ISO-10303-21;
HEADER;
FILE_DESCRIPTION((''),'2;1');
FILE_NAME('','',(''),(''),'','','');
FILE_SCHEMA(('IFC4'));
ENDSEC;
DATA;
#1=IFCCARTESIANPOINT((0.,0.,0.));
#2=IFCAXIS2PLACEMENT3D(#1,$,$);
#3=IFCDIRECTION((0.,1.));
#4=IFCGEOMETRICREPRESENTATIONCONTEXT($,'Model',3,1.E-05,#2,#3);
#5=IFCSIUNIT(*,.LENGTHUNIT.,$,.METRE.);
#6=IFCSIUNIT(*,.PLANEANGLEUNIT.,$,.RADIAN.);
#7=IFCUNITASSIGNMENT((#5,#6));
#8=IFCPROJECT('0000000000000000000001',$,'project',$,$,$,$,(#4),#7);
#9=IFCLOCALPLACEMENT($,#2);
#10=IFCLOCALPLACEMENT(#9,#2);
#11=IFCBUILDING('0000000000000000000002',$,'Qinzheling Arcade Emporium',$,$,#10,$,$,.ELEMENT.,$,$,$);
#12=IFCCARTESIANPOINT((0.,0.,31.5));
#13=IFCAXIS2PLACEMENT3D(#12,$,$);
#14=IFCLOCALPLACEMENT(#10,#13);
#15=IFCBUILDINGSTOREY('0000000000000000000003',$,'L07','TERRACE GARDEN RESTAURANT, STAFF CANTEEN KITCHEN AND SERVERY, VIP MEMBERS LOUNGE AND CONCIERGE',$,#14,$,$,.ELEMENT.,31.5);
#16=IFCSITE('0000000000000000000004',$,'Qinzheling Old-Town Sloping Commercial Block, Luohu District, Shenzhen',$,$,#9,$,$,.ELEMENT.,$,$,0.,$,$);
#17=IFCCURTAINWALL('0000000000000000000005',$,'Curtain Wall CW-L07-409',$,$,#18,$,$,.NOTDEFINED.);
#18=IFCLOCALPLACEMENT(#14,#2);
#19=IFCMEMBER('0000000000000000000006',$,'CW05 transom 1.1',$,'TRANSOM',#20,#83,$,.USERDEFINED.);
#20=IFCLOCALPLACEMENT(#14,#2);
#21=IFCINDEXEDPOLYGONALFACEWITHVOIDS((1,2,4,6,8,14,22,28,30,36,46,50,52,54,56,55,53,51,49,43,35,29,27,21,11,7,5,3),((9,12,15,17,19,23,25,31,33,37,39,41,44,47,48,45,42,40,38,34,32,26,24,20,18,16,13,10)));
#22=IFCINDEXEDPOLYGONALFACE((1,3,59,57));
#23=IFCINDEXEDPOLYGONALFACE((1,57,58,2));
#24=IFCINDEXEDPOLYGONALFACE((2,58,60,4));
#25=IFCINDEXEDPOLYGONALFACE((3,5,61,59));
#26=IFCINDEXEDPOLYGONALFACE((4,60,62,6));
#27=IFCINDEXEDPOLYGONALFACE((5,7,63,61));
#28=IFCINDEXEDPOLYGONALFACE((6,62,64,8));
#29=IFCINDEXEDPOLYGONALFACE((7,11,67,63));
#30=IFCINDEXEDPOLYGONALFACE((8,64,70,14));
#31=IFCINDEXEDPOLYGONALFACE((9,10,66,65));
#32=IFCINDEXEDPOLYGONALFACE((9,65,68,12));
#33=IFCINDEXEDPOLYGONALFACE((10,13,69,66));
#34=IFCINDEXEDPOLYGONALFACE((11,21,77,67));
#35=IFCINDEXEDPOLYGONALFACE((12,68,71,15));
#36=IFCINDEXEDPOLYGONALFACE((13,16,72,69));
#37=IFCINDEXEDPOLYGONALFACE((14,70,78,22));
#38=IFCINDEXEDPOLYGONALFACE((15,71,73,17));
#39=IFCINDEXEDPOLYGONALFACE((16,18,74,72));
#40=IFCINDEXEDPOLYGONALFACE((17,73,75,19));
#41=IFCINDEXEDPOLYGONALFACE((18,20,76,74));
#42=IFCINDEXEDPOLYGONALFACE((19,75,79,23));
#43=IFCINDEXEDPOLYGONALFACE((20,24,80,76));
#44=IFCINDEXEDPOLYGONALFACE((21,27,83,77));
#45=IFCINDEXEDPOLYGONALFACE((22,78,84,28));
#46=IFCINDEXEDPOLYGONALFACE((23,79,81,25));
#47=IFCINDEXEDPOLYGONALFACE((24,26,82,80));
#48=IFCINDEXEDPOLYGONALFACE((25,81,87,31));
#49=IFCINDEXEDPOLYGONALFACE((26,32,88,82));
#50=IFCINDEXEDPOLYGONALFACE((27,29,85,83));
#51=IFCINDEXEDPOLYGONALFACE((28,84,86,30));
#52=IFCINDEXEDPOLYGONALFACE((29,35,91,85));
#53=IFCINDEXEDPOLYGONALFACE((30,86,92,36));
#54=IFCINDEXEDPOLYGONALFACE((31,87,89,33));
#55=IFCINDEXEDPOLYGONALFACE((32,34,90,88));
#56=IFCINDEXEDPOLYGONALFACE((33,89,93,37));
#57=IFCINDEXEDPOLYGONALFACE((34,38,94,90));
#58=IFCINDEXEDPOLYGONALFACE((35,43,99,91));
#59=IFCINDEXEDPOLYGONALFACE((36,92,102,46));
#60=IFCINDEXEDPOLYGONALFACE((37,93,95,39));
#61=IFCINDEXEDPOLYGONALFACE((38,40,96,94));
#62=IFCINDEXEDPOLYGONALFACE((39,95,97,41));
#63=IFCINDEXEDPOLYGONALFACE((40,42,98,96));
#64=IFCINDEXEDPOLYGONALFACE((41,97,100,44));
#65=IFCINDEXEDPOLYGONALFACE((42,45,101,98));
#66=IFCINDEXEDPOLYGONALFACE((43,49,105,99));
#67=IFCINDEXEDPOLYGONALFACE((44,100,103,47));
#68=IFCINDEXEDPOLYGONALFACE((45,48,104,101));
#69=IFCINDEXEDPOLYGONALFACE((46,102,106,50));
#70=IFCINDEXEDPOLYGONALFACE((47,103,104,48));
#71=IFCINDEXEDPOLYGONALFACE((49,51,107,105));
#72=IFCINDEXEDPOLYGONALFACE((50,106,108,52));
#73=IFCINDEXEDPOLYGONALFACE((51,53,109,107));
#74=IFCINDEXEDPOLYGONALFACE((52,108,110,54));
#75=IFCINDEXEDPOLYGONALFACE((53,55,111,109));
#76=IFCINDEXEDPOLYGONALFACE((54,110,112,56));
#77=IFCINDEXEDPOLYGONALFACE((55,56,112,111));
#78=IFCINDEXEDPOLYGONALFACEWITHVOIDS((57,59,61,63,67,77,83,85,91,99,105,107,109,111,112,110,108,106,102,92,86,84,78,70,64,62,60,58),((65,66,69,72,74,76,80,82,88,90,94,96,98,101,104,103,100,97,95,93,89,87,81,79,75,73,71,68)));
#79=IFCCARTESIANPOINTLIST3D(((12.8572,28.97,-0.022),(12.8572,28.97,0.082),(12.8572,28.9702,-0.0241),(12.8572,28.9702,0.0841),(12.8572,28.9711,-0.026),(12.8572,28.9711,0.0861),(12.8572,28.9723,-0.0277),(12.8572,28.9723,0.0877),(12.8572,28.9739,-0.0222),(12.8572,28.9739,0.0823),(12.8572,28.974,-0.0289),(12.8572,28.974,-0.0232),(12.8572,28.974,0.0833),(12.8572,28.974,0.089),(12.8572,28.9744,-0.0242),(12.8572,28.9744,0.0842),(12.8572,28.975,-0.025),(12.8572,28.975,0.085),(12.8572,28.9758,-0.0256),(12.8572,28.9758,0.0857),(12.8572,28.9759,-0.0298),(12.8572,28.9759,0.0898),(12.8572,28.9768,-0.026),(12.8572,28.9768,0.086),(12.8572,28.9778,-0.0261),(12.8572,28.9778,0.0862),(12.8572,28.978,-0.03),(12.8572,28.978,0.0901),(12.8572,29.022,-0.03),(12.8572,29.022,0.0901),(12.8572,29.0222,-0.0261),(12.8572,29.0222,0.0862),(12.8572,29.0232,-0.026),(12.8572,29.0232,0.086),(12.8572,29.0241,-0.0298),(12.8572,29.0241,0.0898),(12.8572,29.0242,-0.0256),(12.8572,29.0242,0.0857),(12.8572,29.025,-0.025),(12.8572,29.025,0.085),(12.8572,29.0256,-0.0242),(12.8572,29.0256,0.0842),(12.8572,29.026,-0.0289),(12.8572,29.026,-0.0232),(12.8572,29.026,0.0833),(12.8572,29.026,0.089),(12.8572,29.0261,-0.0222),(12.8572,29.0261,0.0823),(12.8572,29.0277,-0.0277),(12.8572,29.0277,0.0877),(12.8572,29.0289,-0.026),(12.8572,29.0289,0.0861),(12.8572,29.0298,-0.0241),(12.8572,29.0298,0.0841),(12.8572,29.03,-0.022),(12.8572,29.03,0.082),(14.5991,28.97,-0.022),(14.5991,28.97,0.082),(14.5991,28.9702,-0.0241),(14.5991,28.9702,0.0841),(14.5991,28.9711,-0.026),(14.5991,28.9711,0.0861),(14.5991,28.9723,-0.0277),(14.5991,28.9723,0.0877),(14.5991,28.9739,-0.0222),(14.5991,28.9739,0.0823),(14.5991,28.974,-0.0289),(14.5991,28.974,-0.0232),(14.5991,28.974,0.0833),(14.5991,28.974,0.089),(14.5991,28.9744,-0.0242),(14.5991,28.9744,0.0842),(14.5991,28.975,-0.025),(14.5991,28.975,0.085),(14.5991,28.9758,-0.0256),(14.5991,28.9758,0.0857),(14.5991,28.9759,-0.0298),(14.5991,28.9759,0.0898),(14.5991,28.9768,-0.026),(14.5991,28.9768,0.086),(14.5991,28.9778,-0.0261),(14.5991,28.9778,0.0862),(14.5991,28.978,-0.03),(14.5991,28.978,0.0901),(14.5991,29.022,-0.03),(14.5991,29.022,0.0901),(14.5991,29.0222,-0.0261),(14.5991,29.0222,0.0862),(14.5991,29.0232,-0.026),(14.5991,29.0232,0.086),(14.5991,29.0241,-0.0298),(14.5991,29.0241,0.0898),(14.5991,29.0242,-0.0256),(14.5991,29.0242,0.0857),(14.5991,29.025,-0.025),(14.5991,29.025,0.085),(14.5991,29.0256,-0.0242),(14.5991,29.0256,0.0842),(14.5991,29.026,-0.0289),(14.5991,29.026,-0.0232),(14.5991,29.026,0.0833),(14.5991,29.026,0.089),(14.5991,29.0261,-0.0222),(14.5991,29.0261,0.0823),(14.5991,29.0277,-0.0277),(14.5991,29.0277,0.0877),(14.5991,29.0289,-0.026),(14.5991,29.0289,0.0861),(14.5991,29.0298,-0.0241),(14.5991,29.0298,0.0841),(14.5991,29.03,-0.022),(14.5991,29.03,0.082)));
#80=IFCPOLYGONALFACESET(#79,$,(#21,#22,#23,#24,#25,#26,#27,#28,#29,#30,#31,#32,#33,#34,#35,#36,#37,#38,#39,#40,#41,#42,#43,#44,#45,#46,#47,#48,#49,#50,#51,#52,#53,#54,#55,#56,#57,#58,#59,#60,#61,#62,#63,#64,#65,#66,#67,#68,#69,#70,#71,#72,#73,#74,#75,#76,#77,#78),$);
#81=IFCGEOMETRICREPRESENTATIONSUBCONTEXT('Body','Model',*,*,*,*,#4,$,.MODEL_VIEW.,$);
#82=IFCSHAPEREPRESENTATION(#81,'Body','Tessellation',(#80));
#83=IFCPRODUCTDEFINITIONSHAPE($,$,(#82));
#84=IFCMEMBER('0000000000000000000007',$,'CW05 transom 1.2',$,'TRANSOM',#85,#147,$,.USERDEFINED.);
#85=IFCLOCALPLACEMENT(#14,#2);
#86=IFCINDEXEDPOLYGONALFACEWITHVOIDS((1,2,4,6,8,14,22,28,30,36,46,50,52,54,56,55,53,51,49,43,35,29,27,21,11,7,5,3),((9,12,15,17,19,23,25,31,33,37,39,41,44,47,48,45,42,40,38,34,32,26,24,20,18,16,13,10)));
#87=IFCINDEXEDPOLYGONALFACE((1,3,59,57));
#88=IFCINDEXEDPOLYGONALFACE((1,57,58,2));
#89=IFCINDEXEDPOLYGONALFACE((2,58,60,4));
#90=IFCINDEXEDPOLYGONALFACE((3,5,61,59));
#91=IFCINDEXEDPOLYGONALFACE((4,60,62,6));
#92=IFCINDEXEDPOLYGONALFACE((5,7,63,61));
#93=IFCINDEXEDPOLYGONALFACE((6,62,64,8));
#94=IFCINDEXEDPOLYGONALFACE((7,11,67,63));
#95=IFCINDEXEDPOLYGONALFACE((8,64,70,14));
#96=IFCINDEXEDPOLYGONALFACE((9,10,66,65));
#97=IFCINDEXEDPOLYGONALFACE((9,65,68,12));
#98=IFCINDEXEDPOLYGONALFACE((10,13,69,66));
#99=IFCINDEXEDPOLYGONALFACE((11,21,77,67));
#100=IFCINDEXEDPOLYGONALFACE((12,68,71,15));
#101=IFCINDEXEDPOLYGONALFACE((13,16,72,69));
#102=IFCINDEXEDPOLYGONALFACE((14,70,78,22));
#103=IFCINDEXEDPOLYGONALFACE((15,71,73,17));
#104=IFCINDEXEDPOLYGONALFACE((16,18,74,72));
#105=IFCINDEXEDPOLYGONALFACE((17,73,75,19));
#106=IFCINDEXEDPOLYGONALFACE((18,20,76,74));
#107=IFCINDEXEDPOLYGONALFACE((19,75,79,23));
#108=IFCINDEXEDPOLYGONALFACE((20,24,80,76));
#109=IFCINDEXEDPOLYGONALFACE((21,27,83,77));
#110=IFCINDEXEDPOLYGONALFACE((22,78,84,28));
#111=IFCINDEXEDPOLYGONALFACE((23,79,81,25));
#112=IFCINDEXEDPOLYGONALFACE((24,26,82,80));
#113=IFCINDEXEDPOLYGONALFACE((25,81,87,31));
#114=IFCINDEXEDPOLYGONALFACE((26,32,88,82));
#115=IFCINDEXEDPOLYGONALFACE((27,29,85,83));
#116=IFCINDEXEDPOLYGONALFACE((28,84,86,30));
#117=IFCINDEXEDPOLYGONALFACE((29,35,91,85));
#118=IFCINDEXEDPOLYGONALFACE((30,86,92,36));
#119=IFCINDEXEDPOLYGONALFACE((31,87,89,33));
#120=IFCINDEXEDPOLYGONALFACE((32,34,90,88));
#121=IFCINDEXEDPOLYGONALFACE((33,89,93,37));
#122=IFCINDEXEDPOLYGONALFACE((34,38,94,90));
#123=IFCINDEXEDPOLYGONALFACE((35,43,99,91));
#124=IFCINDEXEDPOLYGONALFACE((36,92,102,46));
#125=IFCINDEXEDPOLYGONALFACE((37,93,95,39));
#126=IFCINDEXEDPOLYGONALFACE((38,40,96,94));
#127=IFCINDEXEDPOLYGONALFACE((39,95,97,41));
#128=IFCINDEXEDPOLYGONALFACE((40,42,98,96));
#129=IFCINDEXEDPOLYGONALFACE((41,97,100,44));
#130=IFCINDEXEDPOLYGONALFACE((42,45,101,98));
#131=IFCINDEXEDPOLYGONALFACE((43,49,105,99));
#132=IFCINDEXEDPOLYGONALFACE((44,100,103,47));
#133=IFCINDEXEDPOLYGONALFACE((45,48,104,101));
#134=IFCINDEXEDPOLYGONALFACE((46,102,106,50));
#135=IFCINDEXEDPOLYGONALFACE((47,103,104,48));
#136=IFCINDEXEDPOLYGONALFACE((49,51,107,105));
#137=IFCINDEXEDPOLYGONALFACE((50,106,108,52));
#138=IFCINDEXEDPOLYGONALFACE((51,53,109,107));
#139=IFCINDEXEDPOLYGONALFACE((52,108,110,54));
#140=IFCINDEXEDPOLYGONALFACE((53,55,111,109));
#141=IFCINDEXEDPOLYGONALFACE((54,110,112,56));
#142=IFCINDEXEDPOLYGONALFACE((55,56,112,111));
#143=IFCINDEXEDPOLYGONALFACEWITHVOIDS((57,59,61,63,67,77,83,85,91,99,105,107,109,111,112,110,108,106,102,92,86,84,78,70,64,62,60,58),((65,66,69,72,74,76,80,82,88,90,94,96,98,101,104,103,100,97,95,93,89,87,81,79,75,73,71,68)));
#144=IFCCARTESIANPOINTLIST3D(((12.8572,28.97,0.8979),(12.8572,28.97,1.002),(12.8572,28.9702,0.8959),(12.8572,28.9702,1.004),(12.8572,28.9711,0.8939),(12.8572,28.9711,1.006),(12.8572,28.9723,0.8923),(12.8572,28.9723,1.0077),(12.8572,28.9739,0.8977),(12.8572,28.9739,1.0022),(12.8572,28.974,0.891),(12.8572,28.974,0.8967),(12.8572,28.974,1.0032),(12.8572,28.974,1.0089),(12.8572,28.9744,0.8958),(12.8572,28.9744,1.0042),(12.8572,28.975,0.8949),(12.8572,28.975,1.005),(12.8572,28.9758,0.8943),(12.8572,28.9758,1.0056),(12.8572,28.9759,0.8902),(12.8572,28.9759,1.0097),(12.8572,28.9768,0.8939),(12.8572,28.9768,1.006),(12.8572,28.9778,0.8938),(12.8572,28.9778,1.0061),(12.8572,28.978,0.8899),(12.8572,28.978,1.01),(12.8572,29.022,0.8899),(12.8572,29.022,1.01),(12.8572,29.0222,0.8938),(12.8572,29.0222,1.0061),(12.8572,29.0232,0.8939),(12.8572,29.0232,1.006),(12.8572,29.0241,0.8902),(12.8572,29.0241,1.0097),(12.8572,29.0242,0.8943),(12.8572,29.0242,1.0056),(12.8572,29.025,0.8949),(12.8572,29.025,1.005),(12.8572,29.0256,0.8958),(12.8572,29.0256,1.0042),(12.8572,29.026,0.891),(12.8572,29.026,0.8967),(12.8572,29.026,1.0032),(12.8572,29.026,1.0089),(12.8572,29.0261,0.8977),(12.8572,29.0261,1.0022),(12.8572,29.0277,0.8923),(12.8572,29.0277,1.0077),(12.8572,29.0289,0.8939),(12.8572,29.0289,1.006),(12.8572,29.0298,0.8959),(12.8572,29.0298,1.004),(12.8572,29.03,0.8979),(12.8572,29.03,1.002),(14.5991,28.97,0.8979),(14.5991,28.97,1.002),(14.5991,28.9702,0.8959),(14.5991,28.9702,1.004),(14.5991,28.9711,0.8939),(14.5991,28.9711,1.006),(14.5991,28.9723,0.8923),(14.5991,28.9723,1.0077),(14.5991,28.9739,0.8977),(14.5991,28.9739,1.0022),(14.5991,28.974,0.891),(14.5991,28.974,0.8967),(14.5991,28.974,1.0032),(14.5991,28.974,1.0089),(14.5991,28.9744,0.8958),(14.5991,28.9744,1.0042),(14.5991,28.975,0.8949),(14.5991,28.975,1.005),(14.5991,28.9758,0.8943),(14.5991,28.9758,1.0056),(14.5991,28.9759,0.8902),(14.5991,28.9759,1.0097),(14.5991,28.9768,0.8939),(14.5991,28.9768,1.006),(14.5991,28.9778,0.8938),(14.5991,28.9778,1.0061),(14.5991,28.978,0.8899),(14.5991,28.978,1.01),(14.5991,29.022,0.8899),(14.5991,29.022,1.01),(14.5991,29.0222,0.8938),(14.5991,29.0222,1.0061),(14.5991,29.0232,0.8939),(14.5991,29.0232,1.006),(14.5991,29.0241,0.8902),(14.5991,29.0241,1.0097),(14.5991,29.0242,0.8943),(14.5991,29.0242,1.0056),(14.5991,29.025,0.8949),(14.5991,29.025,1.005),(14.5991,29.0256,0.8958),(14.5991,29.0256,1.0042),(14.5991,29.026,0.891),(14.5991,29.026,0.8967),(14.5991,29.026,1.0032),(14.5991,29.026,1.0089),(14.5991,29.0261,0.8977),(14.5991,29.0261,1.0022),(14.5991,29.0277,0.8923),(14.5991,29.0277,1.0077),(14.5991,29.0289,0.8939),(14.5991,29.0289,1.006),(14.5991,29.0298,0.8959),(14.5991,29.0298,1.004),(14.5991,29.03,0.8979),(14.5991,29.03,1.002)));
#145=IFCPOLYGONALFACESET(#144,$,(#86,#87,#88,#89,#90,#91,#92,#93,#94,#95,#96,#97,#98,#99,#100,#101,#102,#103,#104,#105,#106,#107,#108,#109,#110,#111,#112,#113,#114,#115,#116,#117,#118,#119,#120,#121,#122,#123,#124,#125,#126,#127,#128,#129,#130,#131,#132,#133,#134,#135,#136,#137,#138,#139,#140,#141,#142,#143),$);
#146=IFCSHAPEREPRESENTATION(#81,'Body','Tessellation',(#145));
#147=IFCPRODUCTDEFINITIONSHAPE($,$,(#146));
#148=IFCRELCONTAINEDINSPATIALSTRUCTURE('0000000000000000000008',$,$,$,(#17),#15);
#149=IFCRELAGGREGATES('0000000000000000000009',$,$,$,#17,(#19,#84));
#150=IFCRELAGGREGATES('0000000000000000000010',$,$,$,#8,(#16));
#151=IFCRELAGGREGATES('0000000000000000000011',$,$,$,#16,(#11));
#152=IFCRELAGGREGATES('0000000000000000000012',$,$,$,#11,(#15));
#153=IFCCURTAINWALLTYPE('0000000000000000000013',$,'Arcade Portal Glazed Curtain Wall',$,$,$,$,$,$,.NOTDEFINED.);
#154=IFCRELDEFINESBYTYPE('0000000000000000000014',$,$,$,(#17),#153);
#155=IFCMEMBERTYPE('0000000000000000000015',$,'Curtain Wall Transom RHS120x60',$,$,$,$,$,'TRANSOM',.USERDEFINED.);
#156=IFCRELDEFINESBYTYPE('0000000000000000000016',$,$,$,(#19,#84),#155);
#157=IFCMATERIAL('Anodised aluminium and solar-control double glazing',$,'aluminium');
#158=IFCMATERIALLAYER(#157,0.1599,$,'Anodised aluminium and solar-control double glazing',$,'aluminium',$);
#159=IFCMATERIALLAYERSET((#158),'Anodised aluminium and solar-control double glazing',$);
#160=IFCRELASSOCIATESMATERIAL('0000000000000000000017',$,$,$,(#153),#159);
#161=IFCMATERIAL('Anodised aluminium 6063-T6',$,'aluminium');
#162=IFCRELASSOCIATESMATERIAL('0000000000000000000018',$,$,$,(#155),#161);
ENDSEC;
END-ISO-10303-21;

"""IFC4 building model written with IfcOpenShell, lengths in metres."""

from ifc_helpers import new_model, si_unit, direction, frame, origin, origin_2d, place, context, subcontext, project, spatial, hollow_rectangle, extrude, material, layer, layer_set, material_profile, profile_set, type_object, element, aggregate, save


model = new_model("IFC4")

# Units and contexts
model_context = context("Model", 3, precision=1e-05, world=origin(), true_north=direction((0.0, 1.0)))
body_context = subcontext(model_context, "Body", "Model", "MODEL_VIEW")
ifc_project = project(units=[si_unit("LENGTHUNIT", "METRE"), si_unit("PLANEANGLEUNIT", "RADIAN")], contexts=[model_context])

# Site, building, storey
site_placement = place(None, origin())
site = spatial("IfcSite", under=ifc_project, at=site_placement, Name="Qinzheling Old-Town Sloping Commercial Block, Luohu District, Shenzhen", CompositionType="ELEMENT", RefElevation=0.0)
building_placement = place(site_placement, origin())
building = spatial("IfcBuilding", under=site, at=building_placement, Name="Qinzheling Arcade Emporium", CompositionType="ELEMENT")
storey_placement = place(building_placement, frame((0.0, 0.0, 31.5)))
storey = spatial("IfcBuildingStorey", under=building, at=storey_placement, Name="L07", Description="TERRACE GARDEN RESTAURANT, STAFF CANTEEN KITCHEN AND SERVERY, VIP MEMBERS LOUNGE AND CONCIERGE", CompositionType="ELEMENT", Elevation=31.5)

# Shared definitions
ifc_material_1 = material(Name="Anodised aluminium and solar-control double glazing", Category="aluminium")
ifc_material_2 = material(Name="Anodised aluminium 6063-T6", Category="aluminium")

# Curtain wall, members
ifc_layer_1 = layer(ifc_material_1, 0.1599, Name="Anodised aluminium and solar-control double glazing", Category="aluminium")
ifc_layer_set_1 = layer_set([ifc_layer_1], Name="Anodised aluminium and solar-control double glazing")
curtain_wall_type_1 = type_object("IfcCurtainWallType", Name="Arcade Portal Glazed Curtain Wall", PredefinedType="NOTDEFINED", material=ifc_layer_set_1)
curtain_wall_1_placement = place(storey_placement, origin())
curtain_wall_1 = element("IfcCurtainWall", 1, at=curtain_wall_1_placement, inside=storey, type_object=curtain_wall_type_1, Name="Curtain Wall CW-L07-409", PredefinedType="NOTDEFINED")
ifc_material_profile_1 = material_profile(ifc_material_2, hollow_rectangle(XDim=0.0601, YDim=0.1201, WallThickness=0.0039, InnerFilletRadius=0.0039, OuterFilletRadius=0.0081, at=origin_2d()), Name="RHS 120x60x4", Category="aluminium")
ifc_profile_set_1 = profile_set([ifc_material_profile_1], Name="Anodised aluminium 6063-T6")
member_type_1 = type_object("IfcMemberType", Name="Curtain Wall Transom RHS120x60", ElementType="TRANSOM", PredefinedType="USERDEFINED", material=ifc_profile_set_1)
member_1_placement = place(storey_placement, frame((14.5991, 29.0, 0.03), z_axis=(-1.0, 0.0, 0.0), x_axis=(0.0, -1.0, 0.0)))
member_1 = element("IfcMember", 2, at=member_1_placement, type_object=member_type_1, Name="CW05 transom 1.1", ObjectType="TRANSOM", PredefinedType="USERDEFINED", context=body_context, shape_type="SweptSolid", body=[
    extrude(hollow_rectangle(XDim=0.0601, YDim=0.1201, WallThickness=0.0039, InnerFilletRadius=0.0039, OuterFilletRadius=0.0081, at=origin_2d()), origin(), (0.0, 0.0, 1.0), 1.7419),
])
member_2_placement = place(storey_placement, frame((14.5991, 29.0, 0.95), z_axis=(-1.0, 0.0, 0.0), x_axis=(0.0, -1.0, 0.0)))
member_2 = element("IfcMember", 3, at=member_2_placement, type_object=member_type_1, Name="CW05 transom 1.2", ObjectType="TRANSOM", PredefinedType="USERDEFINED", context=body_context, shape_type="SweptSolid", body=[
    extrude(hollow_rectangle(XDim=0.0601, YDim=0.1201, WallThickness=0.0039, InnerFilletRadius=0.0039, OuterFilletRadius=0.0081, at=origin_2d()), origin(), (0.0, 0.0, 1.0), 1.7419),
])

aggregate(curtain_wall_1, [member_1, member_2])

save(model, "model.ifc")
